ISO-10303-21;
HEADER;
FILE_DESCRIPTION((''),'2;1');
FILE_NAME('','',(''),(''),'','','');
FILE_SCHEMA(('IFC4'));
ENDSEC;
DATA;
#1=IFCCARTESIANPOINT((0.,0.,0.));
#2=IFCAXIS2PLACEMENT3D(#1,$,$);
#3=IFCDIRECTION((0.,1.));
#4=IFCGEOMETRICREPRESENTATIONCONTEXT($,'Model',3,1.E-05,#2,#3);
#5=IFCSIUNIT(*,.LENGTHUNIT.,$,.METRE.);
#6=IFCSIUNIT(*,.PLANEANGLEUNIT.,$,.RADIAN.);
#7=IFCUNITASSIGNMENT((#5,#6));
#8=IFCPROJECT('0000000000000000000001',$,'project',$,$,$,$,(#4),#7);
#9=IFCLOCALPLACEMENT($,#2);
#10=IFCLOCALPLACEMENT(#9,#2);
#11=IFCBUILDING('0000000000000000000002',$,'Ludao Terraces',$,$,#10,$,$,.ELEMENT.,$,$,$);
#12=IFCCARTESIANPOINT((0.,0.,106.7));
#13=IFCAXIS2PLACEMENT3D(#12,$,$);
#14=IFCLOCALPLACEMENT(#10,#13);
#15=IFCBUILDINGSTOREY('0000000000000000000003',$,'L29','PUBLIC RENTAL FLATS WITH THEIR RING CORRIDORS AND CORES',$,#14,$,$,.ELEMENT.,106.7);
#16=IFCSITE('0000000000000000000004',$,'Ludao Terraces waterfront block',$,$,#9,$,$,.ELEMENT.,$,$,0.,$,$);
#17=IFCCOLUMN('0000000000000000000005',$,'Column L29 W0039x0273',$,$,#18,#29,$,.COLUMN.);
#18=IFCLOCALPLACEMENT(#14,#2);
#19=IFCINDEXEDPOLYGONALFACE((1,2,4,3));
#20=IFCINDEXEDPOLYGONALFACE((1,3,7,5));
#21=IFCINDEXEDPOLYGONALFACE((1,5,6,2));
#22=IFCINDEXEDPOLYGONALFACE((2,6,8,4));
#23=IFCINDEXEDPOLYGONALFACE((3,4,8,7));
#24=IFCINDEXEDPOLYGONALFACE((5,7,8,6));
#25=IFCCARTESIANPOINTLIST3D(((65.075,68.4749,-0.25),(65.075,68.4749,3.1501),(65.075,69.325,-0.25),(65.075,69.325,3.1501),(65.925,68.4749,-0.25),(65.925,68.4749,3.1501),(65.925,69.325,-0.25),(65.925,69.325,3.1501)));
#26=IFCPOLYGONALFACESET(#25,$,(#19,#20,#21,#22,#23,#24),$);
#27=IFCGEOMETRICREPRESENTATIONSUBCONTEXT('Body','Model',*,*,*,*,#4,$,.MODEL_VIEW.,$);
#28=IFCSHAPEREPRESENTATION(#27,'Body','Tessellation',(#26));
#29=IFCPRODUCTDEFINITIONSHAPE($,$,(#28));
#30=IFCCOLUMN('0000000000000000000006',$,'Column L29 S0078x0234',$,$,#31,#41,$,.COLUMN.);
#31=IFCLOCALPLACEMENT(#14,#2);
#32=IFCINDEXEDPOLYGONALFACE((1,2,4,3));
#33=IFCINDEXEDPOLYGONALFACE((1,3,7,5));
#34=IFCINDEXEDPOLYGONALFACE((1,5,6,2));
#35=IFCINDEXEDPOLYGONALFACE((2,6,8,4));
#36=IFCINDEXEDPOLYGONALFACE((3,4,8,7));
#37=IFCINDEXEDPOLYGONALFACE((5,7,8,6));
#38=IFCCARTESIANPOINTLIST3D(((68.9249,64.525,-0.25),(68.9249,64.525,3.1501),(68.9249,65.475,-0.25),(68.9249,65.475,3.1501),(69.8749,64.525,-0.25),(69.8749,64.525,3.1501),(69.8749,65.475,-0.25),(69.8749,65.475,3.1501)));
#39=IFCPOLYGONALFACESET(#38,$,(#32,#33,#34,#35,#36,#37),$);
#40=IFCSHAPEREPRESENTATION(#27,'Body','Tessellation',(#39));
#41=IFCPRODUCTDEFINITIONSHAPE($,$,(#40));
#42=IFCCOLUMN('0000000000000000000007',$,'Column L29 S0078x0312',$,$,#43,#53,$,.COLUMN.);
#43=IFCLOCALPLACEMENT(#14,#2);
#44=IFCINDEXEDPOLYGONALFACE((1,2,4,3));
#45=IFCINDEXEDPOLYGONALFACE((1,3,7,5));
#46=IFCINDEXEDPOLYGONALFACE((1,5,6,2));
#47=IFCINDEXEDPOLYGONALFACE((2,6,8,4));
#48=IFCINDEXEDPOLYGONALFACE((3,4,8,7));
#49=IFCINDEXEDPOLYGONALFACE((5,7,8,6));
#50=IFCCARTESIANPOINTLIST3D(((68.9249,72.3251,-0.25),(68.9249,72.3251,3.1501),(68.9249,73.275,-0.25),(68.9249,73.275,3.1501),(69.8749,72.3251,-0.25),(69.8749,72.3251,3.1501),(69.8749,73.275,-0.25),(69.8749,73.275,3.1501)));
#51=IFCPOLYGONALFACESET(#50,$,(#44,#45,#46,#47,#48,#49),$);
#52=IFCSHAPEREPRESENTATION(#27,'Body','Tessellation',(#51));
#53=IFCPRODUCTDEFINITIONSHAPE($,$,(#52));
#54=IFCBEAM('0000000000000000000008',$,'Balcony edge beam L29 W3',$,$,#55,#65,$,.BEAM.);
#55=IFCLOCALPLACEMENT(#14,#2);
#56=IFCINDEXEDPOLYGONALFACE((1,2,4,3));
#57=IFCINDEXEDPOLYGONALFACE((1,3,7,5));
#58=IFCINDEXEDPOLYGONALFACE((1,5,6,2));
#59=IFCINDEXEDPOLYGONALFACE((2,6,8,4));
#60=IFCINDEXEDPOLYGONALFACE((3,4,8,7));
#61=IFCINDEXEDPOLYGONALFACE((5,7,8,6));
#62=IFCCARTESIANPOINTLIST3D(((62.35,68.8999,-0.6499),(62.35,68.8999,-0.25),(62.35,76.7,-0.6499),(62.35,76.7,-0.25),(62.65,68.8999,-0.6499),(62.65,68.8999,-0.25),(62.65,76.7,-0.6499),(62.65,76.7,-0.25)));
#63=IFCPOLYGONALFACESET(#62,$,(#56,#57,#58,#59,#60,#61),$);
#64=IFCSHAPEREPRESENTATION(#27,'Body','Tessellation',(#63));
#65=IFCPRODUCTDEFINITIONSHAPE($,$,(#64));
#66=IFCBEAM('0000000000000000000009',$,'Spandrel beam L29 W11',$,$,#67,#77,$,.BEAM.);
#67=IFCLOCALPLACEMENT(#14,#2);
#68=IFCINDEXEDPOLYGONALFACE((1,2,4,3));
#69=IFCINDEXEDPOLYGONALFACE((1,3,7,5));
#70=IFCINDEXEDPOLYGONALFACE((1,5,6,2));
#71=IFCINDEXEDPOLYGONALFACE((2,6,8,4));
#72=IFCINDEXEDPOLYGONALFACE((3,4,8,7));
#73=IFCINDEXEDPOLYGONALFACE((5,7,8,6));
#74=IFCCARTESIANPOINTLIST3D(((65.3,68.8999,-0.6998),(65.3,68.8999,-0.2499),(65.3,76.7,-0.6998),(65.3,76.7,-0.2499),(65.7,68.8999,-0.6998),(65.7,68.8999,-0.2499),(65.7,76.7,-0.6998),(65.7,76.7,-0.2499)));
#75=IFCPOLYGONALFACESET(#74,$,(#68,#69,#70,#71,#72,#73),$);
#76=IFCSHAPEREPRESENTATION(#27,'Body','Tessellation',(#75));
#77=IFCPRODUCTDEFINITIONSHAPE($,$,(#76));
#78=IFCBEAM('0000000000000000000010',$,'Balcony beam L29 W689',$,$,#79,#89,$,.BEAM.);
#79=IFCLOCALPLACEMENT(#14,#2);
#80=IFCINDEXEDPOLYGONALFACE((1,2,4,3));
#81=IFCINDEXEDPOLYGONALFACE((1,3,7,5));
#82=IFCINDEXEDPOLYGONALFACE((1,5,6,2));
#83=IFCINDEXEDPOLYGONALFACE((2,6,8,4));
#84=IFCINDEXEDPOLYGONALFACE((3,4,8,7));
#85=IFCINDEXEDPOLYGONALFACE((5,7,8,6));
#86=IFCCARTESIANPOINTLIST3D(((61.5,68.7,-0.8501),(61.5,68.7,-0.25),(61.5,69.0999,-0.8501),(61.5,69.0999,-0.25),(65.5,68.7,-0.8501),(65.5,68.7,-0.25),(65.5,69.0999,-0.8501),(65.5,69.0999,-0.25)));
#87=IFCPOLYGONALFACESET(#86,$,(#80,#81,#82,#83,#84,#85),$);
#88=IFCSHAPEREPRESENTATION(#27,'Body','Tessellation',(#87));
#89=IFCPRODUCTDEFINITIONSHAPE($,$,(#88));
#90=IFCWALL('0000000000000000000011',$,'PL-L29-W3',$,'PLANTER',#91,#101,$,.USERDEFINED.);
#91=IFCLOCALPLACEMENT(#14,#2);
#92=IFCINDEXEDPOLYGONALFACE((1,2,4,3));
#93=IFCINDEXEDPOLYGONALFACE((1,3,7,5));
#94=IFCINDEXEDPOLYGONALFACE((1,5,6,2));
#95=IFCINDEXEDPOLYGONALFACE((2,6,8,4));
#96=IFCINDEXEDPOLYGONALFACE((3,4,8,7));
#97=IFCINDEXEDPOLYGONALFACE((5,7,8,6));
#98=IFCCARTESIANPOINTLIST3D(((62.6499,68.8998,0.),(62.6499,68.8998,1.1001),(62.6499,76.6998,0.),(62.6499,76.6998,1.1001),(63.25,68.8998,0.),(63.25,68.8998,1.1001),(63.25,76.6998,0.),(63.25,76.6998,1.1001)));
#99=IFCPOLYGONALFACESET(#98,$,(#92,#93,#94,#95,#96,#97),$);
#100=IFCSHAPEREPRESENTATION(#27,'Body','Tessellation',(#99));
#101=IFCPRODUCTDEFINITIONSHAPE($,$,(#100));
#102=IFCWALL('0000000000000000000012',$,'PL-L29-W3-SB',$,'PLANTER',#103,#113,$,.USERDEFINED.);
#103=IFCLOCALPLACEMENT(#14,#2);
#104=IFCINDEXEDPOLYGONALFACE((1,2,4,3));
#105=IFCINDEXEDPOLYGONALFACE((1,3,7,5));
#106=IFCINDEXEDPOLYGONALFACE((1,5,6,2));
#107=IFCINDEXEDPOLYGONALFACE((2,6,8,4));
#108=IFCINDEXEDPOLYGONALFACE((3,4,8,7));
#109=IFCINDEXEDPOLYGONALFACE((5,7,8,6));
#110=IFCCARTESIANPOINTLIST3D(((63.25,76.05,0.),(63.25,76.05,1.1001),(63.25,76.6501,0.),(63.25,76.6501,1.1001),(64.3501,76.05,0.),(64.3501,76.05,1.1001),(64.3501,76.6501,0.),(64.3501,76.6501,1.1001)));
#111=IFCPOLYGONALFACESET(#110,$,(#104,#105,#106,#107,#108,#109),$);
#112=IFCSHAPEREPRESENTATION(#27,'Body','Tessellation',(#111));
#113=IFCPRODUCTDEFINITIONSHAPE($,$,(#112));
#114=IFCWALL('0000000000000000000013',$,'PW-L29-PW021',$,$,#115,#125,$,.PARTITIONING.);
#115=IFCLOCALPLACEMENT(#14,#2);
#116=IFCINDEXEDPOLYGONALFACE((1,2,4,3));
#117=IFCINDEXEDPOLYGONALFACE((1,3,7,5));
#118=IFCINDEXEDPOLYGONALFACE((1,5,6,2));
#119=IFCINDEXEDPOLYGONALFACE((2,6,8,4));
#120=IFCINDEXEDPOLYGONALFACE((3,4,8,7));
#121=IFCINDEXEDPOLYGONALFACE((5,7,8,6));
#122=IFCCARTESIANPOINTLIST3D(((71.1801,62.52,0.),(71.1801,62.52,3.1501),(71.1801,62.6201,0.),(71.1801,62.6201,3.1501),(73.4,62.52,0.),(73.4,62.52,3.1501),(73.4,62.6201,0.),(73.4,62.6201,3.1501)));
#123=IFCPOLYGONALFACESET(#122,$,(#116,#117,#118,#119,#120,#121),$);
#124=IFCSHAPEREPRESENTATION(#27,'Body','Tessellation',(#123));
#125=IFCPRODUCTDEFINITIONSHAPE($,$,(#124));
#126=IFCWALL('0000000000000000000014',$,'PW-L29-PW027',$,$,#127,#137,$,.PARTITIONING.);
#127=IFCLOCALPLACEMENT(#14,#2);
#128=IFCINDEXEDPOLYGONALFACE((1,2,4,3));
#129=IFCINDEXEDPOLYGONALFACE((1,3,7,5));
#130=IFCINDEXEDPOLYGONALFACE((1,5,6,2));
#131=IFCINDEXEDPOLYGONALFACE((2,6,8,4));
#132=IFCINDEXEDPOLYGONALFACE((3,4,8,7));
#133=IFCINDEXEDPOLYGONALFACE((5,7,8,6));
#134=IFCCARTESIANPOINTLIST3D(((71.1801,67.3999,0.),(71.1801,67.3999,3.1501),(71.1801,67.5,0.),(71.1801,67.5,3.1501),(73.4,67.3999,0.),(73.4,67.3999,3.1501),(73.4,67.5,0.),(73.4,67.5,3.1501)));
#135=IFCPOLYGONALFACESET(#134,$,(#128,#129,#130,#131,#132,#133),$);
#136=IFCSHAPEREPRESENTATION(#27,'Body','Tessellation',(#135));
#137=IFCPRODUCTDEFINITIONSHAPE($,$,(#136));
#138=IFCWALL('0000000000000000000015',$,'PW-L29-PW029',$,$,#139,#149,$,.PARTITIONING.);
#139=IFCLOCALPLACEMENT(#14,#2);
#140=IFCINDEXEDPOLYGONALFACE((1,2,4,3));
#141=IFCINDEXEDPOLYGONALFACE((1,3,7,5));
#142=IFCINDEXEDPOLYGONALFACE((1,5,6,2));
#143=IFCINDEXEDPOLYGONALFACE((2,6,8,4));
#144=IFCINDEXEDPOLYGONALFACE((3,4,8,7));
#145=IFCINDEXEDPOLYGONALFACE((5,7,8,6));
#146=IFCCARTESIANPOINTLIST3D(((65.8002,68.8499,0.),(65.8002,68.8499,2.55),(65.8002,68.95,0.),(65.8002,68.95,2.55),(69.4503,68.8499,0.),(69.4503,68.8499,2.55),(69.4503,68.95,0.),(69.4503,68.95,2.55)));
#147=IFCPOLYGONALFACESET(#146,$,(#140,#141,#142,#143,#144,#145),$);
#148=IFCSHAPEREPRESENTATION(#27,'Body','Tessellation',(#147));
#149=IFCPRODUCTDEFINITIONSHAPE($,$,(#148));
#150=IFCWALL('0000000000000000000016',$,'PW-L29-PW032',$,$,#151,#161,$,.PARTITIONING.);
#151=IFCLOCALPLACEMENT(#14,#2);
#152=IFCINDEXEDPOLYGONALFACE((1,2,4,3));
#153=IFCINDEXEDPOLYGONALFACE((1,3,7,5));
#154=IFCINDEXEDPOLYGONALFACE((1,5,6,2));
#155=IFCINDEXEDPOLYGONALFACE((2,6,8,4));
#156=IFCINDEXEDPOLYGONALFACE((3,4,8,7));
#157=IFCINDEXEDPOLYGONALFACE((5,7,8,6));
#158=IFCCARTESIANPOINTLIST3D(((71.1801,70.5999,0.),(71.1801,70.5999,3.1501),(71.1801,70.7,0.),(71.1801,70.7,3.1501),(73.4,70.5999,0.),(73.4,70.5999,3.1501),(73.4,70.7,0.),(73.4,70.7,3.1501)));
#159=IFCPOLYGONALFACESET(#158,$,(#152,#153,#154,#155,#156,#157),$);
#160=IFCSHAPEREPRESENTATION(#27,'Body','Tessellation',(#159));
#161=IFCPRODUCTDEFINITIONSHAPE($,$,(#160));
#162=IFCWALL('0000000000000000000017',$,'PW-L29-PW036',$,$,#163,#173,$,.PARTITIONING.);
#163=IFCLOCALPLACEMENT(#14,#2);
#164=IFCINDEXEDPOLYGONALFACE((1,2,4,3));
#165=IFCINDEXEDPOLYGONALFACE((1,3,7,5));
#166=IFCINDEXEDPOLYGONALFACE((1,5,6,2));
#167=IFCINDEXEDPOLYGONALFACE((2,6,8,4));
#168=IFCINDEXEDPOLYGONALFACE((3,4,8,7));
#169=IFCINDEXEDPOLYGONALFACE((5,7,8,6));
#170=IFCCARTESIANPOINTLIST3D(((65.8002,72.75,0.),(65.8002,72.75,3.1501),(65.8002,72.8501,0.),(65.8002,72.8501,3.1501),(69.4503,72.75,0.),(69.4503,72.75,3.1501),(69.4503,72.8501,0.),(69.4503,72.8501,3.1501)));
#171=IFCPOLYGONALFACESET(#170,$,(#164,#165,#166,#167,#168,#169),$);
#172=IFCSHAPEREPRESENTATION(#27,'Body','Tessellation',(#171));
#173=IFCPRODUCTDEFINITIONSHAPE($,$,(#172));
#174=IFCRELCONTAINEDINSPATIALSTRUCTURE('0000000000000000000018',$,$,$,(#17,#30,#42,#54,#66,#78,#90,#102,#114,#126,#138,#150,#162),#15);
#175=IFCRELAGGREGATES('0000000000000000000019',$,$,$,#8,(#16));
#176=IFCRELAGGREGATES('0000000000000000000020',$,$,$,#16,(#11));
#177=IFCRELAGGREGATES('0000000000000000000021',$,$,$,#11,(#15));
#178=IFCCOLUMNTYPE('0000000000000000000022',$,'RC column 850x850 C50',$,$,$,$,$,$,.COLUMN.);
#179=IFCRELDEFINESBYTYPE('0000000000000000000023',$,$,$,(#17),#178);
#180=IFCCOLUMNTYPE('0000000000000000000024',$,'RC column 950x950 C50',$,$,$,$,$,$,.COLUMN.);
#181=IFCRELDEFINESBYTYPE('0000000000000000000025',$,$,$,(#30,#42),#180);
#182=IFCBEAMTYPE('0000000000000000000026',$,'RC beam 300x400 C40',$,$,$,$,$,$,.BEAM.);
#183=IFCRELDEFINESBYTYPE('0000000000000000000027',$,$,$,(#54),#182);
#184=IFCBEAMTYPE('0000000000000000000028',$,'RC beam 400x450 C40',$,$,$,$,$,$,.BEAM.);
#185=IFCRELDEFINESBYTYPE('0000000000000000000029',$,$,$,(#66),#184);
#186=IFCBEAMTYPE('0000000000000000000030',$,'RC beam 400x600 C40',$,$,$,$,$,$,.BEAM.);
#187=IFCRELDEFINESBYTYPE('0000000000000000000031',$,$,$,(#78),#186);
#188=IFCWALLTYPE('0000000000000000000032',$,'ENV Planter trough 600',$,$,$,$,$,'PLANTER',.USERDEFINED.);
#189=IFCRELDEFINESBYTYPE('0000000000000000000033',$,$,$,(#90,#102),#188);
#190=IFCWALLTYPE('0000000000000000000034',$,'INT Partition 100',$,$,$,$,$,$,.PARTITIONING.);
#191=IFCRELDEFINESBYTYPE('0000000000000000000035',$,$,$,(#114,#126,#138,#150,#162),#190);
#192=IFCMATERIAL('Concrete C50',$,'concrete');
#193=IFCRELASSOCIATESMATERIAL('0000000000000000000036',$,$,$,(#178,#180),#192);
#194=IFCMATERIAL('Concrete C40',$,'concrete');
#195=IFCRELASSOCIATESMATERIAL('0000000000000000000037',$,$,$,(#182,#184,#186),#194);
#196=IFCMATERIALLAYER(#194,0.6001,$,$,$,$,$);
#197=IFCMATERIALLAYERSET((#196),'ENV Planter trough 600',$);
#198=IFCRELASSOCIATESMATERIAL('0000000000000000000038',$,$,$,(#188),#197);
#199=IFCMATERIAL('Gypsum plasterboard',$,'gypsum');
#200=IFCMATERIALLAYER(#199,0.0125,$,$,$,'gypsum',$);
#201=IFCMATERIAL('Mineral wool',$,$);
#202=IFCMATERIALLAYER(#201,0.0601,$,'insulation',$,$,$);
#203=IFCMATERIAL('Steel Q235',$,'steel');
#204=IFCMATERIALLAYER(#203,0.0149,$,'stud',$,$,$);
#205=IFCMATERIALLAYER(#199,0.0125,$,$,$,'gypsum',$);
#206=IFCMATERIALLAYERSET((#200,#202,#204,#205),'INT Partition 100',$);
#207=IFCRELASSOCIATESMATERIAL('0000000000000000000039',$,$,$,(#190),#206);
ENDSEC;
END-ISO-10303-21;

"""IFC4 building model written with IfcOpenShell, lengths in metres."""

from ifc_helpers import new_model, si_unit, direction, frame, frame_2d, origin, origin_2d, place, context, subcontext, project, spatial, rectangle, extrude, material, layer, layer_set, material_profile, profile_set, type_object, element, save


model = new_model("IFC4")

# Units and contexts
model_context = context("Model", 3, precision=1e-05, world=origin(), true_north=direction((0.0, 1.0)))
body_context = subcontext(model_context, "Body", "Model", "MODEL_VIEW")
ifc_project = project(units=[si_unit("LENGTHUNIT", "METRE"), si_unit("PLANEANGLEUNIT", "RADIAN")], contexts=[model_context])

# Site, building, storey
site_placement = place(None, origin())
site = spatial("IfcSite", under=ifc_project, at=site_placement, Name="Ludao Terraces waterfront block", CompositionType="ELEMENT", RefElevation=0.0)
building_placement = place(site_placement, origin())
building = spatial("IfcBuilding", under=site, at=building_placement, Name="Ludao Terraces", CompositionType="ELEMENT")
storey_placement = place(building_placement, frame((0.0, 0.0, 106.7)))
storey = spatial("IfcBuildingStorey", under=building, at=storey_placement, Name="L29", Description="PUBLIC RENTAL FLATS WITH THEIR RING CORRIDORS AND CORES", CompositionType="ELEMENT", Elevation=106.7)

# Columns
ifc_material_1 = material(Name="Concrete C50", Category="concrete")
ifc_material_profile_1 = material_profile(ifc_material_1, rectangle(XDim=0.8501, YDim=0.8501, at=origin_2d()), Name="850 X 850")
ifc_profile_set_1 = profile_set([ifc_material_profile_1], Name="Concrete C50")
column_type_1 = type_object("IfcColumnType", Name="RC column 850x850 C50", PredefinedType="COLUMN", material=ifc_profile_set_1)
column_placement = place(storey_placement, frame((65.5, 68.8999, -0.25), z_axis=(0.0, 0.0, 1.0), x_axis=(1.0, 0.0, 0.0)))
element("IfcColumn", 1, at=column_placement, inside=storey, type_object=column_type_1, Name="Column L29 W0039x0273", PredefinedType="COLUMN", context=body_context, shape_type="SweptSolid", body=[
    extrude(rectangle(XDim=0.8501, YDim=0.8501, at=origin_2d()), origin(), (0.0, 0.0, 1.0), 3.4001),
])
ifc_material_profile_2 = material_profile(ifc_material_1, rectangle(XDim=0.95, YDim=0.95, at=origin_2d()), Name="950 X 950")
ifc_profile_set_2 = profile_set([ifc_material_profile_2], Name="Concrete C50")
column_type_2 = type_object("IfcColumnType", Name="RC column 950x950 C50", PredefinedType="COLUMN", material=ifc_profile_set_2)
for number, where, z_axis, x_axis, name in (
    (2, (69.3999, 65.0, -0.25), (0.0, 0.0, 1.0), (1.0, 0.0, 0.0), "Column L29 S0078x0234"),
    (3, (69.3999, 72.8, -0.25), (0.0, 0.0, 1.0), (1.0, 0.0, 0.0), "Column L29 S0078x0312"),
):
    element("IfcColumn", number, at=place(storey_placement, frame(where, z_axis=z_axis, x_axis=x_axis)), inside=storey, type_object=column_type_2, Name=name, PredefinedType="COLUMN", context=body_context, shape_type="SweptSolid", body=[
        extrude(rectangle(XDim=0.95, YDim=0.95, at=origin_2d()), origin(), (0.0, 0.0, 1.0), 3.4001),
    ])

# Beams
ifc_material_2 = material(Name="Concrete C40", Category="concrete")
ifc_material_profile_3 = material_profile(ifc_material_2, rectangle(XDim=0.3, YDim=0.3999, at=origin_2d()), Name="300 X 400")
ifc_profile_set_3 = profile_set([ifc_material_profile_3], Name="Concrete C40")
beam_type_1 = type_object("IfcBeamType", Name="RC beam 300x400 C40", PredefinedType="BEAM", material=ifc_profile_set_3)
beam_1_placement = place(storey_placement, frame((62.5, 68.8999, -0.45), z_axis=(0.0, 1.0, 0.0), x_axis=(-1.0, 0.0, 0.0)))
element("IfcBeam", 4, at=beam_1_placement, inside=storey, type_object=beam_type_1, Name="Balcony edge beam L29 W3", PredefinedType="BEAM", context=body_context, shape_type="SweptSolid", body=[
    extrude(rectangle(XDim=0.3, YDim=0.3999, at=origin_2d()), origin(), (0.0, 0.0, 1.0), 7.8),
])
ifc_material_profile_4 = material_profile(ifc_material_2, rectangle(XDim=0.3999, YDim=0.45, at=origin_2d()), Name="400 X 450")
ifc_profile_set_4 = profile_set([ifc_material_profile_4], Name="Concrete C40")
beam_type_2 = type_object("IfcBeamType", Name="RC beam 400x450 C40", PredefinedType="BEAM", material=ifc_profile_set_4)
beam_2_placement = place(storey_placement, frame((65.5, 68.8999, -0.4749), z_axis=(0.0, 1.0, 0.0), x_axis=(-1.0, 0.0, 0.0)))
element("IfcBeam", 5, at=beam_2_placement, inside=storey, type_object=beam_type_2, Name="Spandrel beam L29 W11", PredefinedType="BEAM", context=body_context, shape_type="SweptSolid", body=[
    extrude(rectangle(XDim=0.3999, YDim=0.45, at=origin_2d()), origin(), (0.0, 0.0, 1.0), 7.8),
])
ifc_material_profile_5 = material_profile(ifc_material_2, rectangle(XDim=0.3999, YDim=0.6001, at=origin_2d()), Name="400 X 600")
ifc_profile_set_5 = profile_set([ifc_material_profile_5], Name="Concrete C40")
beam_type_3 = type_object("IfcBeamType", Name="RC beam 400x600 C40", PredefinedType="BEAM", material=ifc_profile_set_5)
beam_3_placement = place(storey_placement, frame((65.5, 68.8999, -0.55), z_axis=(-1.0, 0.0, 0.0), x_axis=(0.0, -1.0, 0.0)))
element("IfcBeam", 6, at=beam_3_placement, inside=storey, type_object=beam_type_3, Name="Balcony beam L29 W689", PredefinedType="BEAM", context=body_context, shape_type="SweptSolid", body=[
    extrude(rectangle(XDim=0.3999, YDim=0.6001, at=origin_2d()), origin(), (0.0, 0.0, 1.0), 4.0),
])

# Walls
ifc_layer_1 = layer(ifc_material_2, 0.6001)
ifc_layer_set_1 = layer_set([ifc_layer_1], Name="ENV Planter trough 600")
wall_type_1 = type_object("IfcWallType", Name="ENV Planter trough 600", ElementType="PLANTER", PredefinedType="USERDEFINED", material=ifc_layer_set_1)
wall_1_placement = place(storey_placement, frame((62.95, 68.8999, 0.0), z_axis=(0.0, 0.0, 1.0), x_axis=(0.0, 1.0, 0.0)))
element("IfcWall", 7, at=wall_1_placement, inside=storey, type_object=wall_type_1, Name="PL-L29-W3", ObjectType="PLANTER", PredefinedType="USERDEFINED", context=body_context, shape_type="SweptSolid", body=[
    extrude(rectangle(XDim=7.8, YDim=0.6001, at=frame_2d((3.8999, 0.0))), origin(), (0.0, 0.0, 1.0), 1.1001),
])
wall_2_placement = place(storey_placement, frame((63.25, 76.3501, 0.0), z_axis=(0.0, 0.0, 1.0), x_axis=(1.0, 0.0, 0.0)))
element("IfcWall", 8, at=wall_2_placement, inside=storey, type_object=wall_type_1, Name="PL-L29-W3-SB", ObjectType="PLANTER", PredefinedType="USERDEFINED", context=body_context, shape_type="SweptSolid", body=[
    extrude(rectangle(XDim=1.1001, YDim=0.6001, at=frame_2d((0.55, 0.0))), origin(), (0.0, 0.0, 1.0), 1.1001),
])

# Shared definitions
ifc_material_3 = material(Name="Mineral wool")

# Walls
ifc_material_4 = material(Name="Gypsum plasterboard", Category="gypsum")
ifc_layer_2 = layer(ifc_material_4, 0.0125, Category="gypsum")
ifc_layer_3 = layer(ifc_material_3, 0.0601, Name="insulation")
ifc_material_5 = material(Name="Steel Q235", Category="steel")
ifc_layer_4 = layer(ifc_material_5, 0.0149, Name="stud")
ifc_layer_5 = layer(ifc_material_4, 0.0125, Category="gypsum")
ifc_layer_set_2 = layer_set([ifc_layer_2, ifc_layer_3, ifc_layer_4, ifc_layer_5], Name="INT Partition 100")
wall_type_2 = type_object("IfcWallType", Name="INT Partition 100", PredefinedType="PARTITIONING", material=ifc_layer_set_2)
for number, where, z_axis, x_axis, name in (
    (9, (71.1802, 62.5701, 0.0), (0.0, 0.0, 1.0), (1.0, 0.0, 0.0), "PW-L29-PW021"),
    (10, (71.1802, 67.45, 0.0), (0.0, 0.0, 1.0), (1.0, 0.0, 0.0), "PW-L29-PW027"),
):
    element("IfcWall", number, at=place(storey_placement, frame(where, z_axis=z_axis, x_axis=x_axis)), inside=storey, type_object=wall_type_2, Name=name, PredefinedType="PARTITIONING", context=body_context, shape_type="SweptSolid", body=[
        extrude(rectangle(XDim=2.22, YDim=0.1001, at=frame_2d((1.1099, 0.0))), origin(), (0.0, 0.0, 1.0), 3.1501),
    ])
wall_3_placement = place(storey_placement, frame((65.8, 68.8999, 0.0), z_axis=(0.0, 0.0, 1.0), x_axis=(1.0, 0.0, 0.0)))
element("IfcWall", 11, at=wall_3_placement, inside=storey, type_object=wall_type_2, Name="PW-L29-PW029", PredefinedType="PARTITIONING", context=body_context, shape_type="SweptSolid", body=[
    extrude(rectangle(XDim=3.6501, YDim=0.1001, at=frame_2d((1.8252, 0.0))), origin(), (0.0, 0.0, 1.0), 2.55),
])
wall_4_placement = place(storey_placement, frame((71.1802, 70.6499, 0.0), z_axis=(0.0, 0.0, 1.0), x_axis=(1.0, 0.0, 0.0)))
element("IfcWall", 12, at=wall_4_placement, inside=storey, type_object=wall_type_2, Name="PW-L29-PW032", PredefinedType="PARTITIONING", context=body_context, shape_type="SweptSolid", body=[
    extrude(rectangle(XDim=2.22, YDim=0.1001, at=frame_2d((1.1099, 0.0))), origin(), (0.0, 0.0, 1.0), 3.1501),
])
wall_5_placement = place(storey_placement, frame((65.8, 72.8, 0.0), z_axis=(0.0, 0.0, 1.0), x_axis=(1.0, 0.0, 0.0)))
element("IfcWall", 13, at=wall_5_placement, inside=storey, type_object=wall_type_2, Name="PW-L29-PW036", PredefinedType="PARTITIONING", context=body_context, shape_type="SweptSolid", body=[
    extrude(rectangle(XDim=3.6501, YDim=0.1001, at=frame_2d((1.8252, 0.0))), origin(), (0.0, 0.0, 1.0), 3.1501),
])

save(model, "model.ifc")
